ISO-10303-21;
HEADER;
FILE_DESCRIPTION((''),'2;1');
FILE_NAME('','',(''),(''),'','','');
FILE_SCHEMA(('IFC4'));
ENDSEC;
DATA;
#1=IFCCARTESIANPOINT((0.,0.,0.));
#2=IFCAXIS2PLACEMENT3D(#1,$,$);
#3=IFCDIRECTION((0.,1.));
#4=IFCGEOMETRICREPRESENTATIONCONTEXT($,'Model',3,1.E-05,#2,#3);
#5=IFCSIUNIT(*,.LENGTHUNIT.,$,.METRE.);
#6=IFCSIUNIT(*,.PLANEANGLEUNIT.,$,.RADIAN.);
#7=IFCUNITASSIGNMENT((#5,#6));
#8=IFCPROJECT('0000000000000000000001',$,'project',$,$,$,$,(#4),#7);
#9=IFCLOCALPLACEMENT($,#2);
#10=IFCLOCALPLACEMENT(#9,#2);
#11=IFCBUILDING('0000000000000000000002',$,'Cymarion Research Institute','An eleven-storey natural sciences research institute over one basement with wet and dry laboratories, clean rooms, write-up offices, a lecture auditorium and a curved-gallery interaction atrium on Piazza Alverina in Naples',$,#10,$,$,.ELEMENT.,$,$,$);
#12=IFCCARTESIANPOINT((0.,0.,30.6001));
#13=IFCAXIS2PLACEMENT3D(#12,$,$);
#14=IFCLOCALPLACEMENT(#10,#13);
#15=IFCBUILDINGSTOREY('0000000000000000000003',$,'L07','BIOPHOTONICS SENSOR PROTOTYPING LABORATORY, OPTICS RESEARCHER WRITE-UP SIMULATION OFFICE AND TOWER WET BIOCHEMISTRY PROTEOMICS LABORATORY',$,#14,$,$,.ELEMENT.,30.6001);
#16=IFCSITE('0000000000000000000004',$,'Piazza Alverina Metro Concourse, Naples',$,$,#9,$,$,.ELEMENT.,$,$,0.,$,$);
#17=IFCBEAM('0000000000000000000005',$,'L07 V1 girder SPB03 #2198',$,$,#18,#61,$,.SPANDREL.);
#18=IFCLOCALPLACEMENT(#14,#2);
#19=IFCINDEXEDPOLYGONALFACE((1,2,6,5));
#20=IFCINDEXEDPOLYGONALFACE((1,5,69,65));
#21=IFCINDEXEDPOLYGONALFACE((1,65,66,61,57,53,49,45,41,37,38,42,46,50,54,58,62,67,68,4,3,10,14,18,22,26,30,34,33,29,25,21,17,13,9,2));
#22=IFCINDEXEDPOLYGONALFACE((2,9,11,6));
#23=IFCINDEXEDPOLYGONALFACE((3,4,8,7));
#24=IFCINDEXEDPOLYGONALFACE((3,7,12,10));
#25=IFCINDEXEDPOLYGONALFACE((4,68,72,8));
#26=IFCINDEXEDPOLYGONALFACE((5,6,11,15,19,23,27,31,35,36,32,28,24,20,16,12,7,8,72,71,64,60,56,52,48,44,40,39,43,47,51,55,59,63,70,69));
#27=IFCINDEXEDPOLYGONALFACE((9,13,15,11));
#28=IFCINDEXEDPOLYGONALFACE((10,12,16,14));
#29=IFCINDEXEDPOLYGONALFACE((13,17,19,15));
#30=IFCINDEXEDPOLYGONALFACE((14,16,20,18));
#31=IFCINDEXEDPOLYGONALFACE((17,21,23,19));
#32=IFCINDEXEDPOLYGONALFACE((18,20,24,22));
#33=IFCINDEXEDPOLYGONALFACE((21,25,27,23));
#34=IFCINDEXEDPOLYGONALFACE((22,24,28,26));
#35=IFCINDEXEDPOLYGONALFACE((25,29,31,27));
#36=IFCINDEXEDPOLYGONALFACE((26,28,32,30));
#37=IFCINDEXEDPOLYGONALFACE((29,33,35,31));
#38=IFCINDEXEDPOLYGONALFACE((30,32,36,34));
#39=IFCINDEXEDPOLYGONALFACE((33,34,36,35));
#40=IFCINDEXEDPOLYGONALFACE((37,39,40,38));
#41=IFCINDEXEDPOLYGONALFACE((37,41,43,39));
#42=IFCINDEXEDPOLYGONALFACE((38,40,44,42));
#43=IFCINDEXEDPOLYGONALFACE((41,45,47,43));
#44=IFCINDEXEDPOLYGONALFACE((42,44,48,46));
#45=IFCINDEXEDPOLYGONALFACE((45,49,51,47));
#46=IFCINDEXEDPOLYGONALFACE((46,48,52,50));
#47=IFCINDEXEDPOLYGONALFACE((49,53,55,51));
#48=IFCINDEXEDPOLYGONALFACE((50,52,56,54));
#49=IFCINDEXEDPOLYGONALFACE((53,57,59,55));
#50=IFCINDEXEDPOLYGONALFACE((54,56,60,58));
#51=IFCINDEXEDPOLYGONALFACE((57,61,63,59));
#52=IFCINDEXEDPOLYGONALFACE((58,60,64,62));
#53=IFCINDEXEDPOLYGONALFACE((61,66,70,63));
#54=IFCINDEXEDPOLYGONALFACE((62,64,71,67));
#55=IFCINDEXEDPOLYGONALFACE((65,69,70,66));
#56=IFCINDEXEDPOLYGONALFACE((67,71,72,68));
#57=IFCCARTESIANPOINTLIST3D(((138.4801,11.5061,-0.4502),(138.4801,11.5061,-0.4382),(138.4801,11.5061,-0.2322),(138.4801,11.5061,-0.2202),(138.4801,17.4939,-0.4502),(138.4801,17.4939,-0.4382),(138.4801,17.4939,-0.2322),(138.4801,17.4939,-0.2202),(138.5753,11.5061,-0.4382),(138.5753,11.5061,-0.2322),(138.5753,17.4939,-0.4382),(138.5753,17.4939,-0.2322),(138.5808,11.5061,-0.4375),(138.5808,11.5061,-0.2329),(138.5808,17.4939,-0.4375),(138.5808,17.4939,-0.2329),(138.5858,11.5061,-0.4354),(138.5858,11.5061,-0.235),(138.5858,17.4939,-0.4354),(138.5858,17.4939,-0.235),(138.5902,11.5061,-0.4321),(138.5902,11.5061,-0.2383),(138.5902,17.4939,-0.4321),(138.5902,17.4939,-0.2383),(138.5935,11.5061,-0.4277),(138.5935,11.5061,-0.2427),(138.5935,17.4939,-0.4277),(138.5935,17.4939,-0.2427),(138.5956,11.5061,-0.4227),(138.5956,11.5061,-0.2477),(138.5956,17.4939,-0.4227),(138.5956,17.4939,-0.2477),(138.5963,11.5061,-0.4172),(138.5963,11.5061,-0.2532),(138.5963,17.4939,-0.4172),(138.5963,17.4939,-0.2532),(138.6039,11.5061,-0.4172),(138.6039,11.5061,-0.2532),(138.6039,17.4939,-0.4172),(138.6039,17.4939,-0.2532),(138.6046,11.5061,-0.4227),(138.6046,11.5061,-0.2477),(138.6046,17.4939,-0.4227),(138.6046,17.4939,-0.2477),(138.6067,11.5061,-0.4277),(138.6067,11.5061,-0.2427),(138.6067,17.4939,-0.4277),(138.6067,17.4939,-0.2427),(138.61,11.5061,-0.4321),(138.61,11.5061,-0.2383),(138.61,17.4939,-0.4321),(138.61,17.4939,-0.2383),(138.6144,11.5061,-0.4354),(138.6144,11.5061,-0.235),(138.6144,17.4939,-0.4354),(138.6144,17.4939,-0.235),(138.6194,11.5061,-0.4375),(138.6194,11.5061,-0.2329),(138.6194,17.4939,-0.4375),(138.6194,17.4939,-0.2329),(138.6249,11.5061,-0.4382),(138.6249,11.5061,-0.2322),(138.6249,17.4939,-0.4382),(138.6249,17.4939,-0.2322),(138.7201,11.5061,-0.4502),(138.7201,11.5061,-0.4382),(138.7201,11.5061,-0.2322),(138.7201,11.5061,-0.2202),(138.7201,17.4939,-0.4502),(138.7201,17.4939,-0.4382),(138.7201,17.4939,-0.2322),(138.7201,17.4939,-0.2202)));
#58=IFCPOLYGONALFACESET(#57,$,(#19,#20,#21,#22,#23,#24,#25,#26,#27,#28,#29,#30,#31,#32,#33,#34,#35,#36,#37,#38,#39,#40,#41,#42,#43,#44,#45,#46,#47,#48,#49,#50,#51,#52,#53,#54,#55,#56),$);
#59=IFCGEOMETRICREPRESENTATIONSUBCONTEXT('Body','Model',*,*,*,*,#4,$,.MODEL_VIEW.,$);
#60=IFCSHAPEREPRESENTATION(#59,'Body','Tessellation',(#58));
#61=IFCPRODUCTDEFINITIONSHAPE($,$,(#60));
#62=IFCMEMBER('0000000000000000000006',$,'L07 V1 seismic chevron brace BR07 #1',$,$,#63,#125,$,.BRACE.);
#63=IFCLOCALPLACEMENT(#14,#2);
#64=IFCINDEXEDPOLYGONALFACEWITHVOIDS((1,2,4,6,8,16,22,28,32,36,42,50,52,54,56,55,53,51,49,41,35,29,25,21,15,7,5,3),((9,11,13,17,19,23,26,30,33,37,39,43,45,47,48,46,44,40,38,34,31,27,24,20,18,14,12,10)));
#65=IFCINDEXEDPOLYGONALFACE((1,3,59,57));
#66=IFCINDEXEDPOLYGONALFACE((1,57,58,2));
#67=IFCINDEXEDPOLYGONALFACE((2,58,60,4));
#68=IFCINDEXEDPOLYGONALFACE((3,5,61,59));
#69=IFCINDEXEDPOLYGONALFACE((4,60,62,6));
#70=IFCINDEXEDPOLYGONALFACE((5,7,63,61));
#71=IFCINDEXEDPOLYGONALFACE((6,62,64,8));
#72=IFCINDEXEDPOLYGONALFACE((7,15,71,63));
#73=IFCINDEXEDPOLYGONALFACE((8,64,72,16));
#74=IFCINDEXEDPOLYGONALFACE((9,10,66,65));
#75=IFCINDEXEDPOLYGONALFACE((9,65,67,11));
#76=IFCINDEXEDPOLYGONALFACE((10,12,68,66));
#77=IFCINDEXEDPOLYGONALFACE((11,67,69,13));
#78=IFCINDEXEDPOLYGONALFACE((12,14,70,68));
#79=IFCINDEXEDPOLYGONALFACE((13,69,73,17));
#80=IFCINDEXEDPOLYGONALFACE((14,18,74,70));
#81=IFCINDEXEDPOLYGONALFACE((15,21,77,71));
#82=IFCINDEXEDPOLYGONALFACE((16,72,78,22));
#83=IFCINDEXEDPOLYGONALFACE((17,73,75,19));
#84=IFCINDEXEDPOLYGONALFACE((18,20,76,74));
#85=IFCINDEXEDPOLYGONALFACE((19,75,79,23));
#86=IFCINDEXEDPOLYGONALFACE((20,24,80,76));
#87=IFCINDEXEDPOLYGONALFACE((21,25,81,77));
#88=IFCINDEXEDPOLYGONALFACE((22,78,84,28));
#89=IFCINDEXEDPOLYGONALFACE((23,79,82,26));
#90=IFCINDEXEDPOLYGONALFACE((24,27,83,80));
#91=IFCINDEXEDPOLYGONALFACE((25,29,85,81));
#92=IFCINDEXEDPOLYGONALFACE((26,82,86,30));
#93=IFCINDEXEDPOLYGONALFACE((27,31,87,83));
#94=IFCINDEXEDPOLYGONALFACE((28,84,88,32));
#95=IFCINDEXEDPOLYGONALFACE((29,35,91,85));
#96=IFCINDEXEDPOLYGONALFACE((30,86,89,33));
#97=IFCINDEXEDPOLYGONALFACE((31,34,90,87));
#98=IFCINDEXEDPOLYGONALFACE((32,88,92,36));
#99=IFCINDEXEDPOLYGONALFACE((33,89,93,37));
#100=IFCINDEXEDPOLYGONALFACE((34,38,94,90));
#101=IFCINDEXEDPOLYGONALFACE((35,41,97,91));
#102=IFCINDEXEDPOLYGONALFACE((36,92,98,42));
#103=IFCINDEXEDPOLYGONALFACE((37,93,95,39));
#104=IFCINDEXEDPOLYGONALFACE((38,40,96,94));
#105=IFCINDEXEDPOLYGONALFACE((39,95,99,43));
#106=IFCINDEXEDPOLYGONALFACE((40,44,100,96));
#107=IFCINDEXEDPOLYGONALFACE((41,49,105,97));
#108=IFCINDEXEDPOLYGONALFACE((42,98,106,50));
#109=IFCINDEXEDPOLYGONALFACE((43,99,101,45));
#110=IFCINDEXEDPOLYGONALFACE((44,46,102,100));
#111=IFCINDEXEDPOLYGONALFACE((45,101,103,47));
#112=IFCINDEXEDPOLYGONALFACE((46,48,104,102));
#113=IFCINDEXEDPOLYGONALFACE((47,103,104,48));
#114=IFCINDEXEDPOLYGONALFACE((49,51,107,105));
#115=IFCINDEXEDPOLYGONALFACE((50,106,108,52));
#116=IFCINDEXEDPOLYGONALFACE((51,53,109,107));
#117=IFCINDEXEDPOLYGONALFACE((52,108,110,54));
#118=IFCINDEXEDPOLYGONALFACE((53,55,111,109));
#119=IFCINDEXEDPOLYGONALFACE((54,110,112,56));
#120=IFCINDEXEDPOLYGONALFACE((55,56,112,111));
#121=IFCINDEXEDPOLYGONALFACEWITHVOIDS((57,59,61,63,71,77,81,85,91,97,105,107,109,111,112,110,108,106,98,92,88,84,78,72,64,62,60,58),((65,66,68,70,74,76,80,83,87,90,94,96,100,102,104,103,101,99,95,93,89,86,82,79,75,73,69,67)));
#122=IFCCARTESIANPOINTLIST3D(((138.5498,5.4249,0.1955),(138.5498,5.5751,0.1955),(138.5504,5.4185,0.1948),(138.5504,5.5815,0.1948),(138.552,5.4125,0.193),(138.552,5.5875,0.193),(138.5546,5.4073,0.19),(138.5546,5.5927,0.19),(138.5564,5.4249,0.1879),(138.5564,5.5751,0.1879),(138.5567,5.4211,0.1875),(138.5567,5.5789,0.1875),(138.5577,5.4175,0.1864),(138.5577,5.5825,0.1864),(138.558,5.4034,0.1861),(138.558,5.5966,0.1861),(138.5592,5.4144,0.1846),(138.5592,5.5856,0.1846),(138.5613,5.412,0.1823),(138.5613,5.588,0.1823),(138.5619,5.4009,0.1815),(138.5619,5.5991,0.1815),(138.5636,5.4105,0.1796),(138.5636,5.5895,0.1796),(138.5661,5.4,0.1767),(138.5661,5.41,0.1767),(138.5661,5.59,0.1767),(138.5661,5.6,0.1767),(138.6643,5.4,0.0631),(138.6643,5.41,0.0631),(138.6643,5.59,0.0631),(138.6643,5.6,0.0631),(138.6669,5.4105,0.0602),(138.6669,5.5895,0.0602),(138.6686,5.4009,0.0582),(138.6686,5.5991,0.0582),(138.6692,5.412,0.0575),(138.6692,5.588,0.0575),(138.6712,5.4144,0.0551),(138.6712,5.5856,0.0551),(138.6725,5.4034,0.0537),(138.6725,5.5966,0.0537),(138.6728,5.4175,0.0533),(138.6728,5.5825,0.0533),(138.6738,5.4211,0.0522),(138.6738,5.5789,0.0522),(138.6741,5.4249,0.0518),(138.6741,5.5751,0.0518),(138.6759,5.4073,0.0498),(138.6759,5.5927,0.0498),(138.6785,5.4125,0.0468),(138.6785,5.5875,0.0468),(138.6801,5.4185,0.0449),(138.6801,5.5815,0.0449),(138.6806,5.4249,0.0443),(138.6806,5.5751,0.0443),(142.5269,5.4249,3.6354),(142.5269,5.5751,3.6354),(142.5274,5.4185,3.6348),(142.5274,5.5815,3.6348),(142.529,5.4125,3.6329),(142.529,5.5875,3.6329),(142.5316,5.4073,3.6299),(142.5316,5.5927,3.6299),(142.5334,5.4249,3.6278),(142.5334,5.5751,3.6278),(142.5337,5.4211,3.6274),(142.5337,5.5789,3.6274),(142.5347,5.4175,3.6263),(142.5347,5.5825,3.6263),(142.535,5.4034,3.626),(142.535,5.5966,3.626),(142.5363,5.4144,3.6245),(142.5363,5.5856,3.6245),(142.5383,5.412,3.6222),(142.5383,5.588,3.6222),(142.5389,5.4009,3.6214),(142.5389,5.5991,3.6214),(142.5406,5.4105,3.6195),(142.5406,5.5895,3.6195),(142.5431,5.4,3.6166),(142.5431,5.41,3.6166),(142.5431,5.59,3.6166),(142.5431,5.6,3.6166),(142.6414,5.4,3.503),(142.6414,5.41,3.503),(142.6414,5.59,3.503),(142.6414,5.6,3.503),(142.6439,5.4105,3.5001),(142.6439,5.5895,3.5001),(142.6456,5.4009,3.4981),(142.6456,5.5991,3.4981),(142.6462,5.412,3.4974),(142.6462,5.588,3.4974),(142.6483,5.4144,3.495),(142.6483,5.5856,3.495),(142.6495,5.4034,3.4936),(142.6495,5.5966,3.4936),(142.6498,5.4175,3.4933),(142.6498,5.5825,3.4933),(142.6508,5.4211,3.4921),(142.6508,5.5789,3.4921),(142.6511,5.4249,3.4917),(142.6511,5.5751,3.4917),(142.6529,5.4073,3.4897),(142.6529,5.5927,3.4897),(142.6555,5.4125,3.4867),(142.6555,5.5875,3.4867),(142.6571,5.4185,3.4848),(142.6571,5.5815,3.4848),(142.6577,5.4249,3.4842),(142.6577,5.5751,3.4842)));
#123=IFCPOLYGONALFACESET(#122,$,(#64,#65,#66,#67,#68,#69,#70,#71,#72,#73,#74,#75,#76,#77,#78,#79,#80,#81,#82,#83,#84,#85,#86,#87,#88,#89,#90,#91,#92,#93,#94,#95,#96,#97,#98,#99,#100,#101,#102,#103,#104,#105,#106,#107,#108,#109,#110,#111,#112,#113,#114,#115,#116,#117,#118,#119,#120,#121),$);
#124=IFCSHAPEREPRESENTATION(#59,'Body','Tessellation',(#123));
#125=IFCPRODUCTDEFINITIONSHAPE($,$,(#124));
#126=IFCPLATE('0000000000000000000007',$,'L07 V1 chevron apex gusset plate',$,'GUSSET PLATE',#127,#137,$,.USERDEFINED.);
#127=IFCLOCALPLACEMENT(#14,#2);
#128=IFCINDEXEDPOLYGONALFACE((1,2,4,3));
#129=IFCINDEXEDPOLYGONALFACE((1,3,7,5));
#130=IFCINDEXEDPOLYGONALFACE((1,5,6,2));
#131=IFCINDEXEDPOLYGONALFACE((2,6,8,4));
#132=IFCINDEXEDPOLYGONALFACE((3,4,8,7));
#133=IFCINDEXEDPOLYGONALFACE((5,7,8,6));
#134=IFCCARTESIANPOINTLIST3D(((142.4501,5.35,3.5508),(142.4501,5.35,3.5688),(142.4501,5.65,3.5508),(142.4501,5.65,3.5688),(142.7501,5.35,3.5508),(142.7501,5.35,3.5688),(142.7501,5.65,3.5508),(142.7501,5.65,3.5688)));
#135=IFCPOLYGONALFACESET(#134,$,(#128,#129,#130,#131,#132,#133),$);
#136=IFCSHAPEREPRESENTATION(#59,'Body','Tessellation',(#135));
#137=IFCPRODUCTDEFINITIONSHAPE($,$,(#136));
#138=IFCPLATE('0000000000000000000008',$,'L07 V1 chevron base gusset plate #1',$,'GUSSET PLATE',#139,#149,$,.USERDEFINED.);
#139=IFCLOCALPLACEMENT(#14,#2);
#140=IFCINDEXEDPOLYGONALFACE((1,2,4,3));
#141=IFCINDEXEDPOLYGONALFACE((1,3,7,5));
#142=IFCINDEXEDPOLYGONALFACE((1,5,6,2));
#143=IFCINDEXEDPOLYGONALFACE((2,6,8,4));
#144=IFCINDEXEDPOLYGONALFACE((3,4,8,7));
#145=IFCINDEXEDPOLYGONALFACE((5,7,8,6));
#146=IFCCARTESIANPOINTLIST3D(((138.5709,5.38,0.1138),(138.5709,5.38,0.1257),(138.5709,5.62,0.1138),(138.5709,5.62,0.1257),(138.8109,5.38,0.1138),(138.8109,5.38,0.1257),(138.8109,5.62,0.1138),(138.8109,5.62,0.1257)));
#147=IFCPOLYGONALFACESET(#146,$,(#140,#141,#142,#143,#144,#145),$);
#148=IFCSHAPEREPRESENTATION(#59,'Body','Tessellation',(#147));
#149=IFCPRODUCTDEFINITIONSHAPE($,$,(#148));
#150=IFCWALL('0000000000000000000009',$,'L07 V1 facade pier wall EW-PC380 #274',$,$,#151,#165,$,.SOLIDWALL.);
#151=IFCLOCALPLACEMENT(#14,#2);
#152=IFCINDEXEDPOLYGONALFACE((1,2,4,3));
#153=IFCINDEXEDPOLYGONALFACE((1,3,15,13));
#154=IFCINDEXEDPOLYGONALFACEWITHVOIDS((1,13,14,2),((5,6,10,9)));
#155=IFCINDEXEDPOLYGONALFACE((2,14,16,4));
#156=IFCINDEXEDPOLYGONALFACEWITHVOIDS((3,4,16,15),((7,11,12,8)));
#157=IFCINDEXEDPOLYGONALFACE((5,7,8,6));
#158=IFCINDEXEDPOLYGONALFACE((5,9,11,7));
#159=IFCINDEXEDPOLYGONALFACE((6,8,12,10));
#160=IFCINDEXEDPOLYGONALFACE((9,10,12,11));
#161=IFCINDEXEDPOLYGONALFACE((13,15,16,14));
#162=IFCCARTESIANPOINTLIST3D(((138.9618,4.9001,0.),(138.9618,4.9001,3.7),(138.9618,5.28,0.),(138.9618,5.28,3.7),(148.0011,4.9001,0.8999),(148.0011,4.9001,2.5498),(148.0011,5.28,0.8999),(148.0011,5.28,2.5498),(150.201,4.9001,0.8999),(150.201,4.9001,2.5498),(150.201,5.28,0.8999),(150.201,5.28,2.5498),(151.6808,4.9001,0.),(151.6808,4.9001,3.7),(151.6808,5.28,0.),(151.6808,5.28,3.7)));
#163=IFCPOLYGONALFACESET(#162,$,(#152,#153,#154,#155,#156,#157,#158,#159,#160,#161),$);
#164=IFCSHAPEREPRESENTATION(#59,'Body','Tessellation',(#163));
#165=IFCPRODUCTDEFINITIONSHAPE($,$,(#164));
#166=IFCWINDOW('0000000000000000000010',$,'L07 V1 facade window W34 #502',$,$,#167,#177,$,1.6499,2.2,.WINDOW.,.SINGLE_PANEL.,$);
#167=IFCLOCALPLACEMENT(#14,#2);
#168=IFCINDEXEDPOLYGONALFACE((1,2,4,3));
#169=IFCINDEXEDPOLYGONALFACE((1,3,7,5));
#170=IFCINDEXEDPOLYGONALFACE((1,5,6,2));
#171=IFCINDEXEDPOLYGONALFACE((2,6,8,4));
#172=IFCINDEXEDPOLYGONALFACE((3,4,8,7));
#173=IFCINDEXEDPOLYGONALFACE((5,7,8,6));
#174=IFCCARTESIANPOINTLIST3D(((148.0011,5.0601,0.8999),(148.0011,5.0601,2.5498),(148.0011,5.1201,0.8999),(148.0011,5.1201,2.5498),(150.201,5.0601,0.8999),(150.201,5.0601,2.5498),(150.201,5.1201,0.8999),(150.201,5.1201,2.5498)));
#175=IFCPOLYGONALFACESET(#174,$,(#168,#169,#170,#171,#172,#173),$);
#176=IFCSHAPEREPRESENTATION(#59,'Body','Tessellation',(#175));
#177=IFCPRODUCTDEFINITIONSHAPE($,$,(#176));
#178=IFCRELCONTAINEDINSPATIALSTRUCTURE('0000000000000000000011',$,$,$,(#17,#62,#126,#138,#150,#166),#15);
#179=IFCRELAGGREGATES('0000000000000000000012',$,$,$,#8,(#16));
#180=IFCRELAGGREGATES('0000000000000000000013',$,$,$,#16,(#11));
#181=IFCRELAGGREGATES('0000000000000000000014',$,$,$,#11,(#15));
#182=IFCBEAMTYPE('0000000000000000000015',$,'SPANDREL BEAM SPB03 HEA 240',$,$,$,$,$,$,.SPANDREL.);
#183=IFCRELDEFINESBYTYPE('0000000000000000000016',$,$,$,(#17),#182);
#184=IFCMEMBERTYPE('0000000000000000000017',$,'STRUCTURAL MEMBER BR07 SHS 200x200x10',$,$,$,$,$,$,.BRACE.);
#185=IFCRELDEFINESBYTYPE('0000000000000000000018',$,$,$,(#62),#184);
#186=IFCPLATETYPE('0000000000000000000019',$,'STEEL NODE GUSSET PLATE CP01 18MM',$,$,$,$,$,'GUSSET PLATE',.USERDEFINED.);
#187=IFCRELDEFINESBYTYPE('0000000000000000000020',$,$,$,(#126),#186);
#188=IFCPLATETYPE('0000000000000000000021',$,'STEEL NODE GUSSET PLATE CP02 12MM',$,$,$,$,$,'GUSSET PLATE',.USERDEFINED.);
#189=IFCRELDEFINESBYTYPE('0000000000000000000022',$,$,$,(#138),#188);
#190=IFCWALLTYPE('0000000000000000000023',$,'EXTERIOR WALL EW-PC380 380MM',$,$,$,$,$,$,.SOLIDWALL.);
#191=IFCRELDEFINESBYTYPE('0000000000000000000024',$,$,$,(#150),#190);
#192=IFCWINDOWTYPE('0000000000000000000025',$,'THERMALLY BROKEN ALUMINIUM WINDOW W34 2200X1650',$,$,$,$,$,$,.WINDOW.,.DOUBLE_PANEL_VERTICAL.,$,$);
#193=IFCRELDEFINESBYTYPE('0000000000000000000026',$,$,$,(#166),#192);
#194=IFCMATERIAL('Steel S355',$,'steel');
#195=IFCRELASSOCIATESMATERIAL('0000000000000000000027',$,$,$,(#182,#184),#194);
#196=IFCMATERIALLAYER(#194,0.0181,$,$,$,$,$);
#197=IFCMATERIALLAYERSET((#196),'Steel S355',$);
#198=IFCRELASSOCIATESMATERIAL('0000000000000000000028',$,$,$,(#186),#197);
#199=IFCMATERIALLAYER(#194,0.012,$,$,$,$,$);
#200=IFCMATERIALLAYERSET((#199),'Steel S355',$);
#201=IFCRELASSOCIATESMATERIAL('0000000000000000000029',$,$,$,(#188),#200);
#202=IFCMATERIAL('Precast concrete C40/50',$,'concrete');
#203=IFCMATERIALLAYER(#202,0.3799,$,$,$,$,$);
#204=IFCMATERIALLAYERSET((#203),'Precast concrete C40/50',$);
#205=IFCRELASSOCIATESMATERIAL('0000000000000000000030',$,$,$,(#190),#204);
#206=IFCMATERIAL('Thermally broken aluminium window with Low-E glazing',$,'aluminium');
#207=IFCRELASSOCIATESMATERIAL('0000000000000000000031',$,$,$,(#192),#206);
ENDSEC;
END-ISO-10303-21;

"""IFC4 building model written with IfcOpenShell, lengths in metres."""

from ifc_helpers import new_model, si_unit, direction, frame, frame_2d, origin, origin_2d, place, context, subcontext, project, spatial, rectangle, hollow_rectangle, i_section, extrude, material, layer, layer_set, material_profile, profile_set, type_object, element, fill, save


model = new_model("IFC4")

# Units and contexts
model_context = context("Model", 3, precision=1e-05, world=origin(), true_north=direction((0.0, 1.0)))
body_context = subcontext(model_context, "Body", "Model", "MODEL_VIEW")
ifc_project = project(units=[si_unit("LENGTHUNIT", "METRE"), si_unit("PLANEANGLEUNIT", "RADIAN")], contexts=[model_context])

# Site, building, storey
site_placement = place(None, origin())
site = spatial("IfcSite", under=ifc_project, at=site_placement, Name="Piazza Alverina Metro Concourse, Naples", CompositionType="ELEMENT", RefElevation=0.0)
building_placement = place(site_placement, origin())
building = spatial("IfcBuilding", under=site, at=building_placement, Name="Cymarion Research Institute", Description="An eleven-storey natural sciences research institute over one basement with wet and dry laboratories, clean rooms, write-up offices, a lecture auditorium and a curved-gallery interaction atrium on Piazza Alverina in Naples", CompositionType="ELEMENT")
storey_placement = place(building_placement, frame((0.0, 0.0, 30.6001)))
storey = spatial("IfcBuildingStorey", under=building, at=storey_placement, Name="L07", Description="BIOPHOTONICS SENSOR PROTOTYPING LABORATORY, OPTICS RESEARCHER WRITE-UP SIMULATION OFFICE AND TOWER WET BIOCHEMISTRY PROTEOMICS LABORATORY", CompositionType="ELEMENT", Elevation=30.6001)

# Shared definitions
ifc_material_1 = material(Name="Steel S355", Category="steel")

# Beam
ifc_material_profile_1 = material_profile(ifc_material_1, i_section(OverallWidth=0.24, OverallDepth=0.23, WebThickness=0.0076, FlangeThickness=0.012, FilletRadius=0.021, at=origin_2d()), Name="HEA 240")
ifc_profile_set_1 = profile_set([ifc_material_profile_1], Name="Steel S355")
beam_type = type_object("IfcBeamType", Name="SPANDREL BEAM SPB03 HEA 240", PredefinedType="SPANDREL", material=ifc_profile_set_1)
for number, where, z_axis, x_axis, name in (
    (1, (138.6001, 11.5061, -0.3352), (0.0, 1.0, 0.0), (-1.0, 0.0, 0.0), "L07 V1 girder SPB03 #2198"),
):
    element("IfcBeam", number, at=place(storey_placement, frame(where, z_axis=z_axis, x_axis=x_axis)), inside=storey, type_object=beam_type, Name=name, PredefinedType="SPANDREL", context=body_context, shape_type="SweptSolid", body=[
        extrude(i_section(OverallWidth=0.24, OverallDepth=0.23, WebThickness=0.0076, FlangeThickness=0.012, FilletRadius=0.021, at=origin_2d()), origin(), (0.0, 0.0, 1.0), 5.9878),
    ])

# Member
ifc_material_profile_2 = material_profile(ifc_material_1, hollow_rectangle(XDim=0.2, YDim=0.2, WallThickness=0.01, InnerFilletRadius=0.0149, OuterFilletRadius=0.0249, at=origin_2d()), Name="SHS 200x200x10")
ifc_profile_set_2 = profile_set([ifc_material_profile_2], Name="Steel S355")
member_type = type_object("IfcMemberType", Name="STRUCTURAL MEMBER BR07 SHS 200x200x10", PredefinedType="BRACE", material=ifc_profile_set_2)
member_placement = place(storey_placement, frame((138.6152, 5.5, 0.1199), z_axis=(0.756332, 0.0, 0.654188), x_axis=(0.0, 1.0, 0.0)))
element("IfcMember", 2, at=member_placement, inside=storey, type_object=member_type, Name="L07 V1 seismic chevron brace BR07 #1", PredefinedType="BRACE", context=body_context, shape_type="SweptSolid", body=[
    extrude(hollow_rectangle(XDim=0.2, YDim=0.2, WallThickness=0.01, InnerFilletRadius=0.0149, OuterFilletRadius=0.0249, at=origin_2d()), origin(), (0.0, 0.0, 1.0), 5.2583),
])

# Plates
ifc_layer_1 = layer(ifc_material_1, 0.0181)
ifc_layer_set_1 = layer_set([ifc_layer_1], Name="Steel S355")
plate_type_1 = type_object("IfcPlateType", Name="STEEL NODE GUSSET PLATE CP01 18MM", ElementType="GUSSET PLATE", PredefinedType="USERDEFINED", material=ifc_layer_set_1)
plate_1_placement = place(storey_placement, frame((142.6001, 5.5, 3.5508), z_axis=(0.0, 0.0, 1.0), x_axis=(1.0, 0.0, 0.0)))
element("IfcPlate", 3, at=plate_1_placement, inside=storey, type_object=plate_type_1, Name="L07 V1 chevron apex gusset plate", ObjectType="GUSSET PLATE", PredefinedType="USERDEFINED", context=body_context, shape_type="SweptSolid", body=[
    extrude(rectangle(XDim=0.3, YDim=0.3, at=origin_2d()), origin(), (0.0, 0.0, 1.0), 0.0181),
])
ifc_layer_2 = layer(ifc_material_1, 0.012)
ifc_layer_set_2 = layer_set([ifc_layer_2], Name="Steel S355")
plate_type_2 = type_object("IfcPlateType", Name="STEEL NODE GUSSET PLATE CP02 12MM", ElementType="GUSSET PLATE", PredefinedType="USERDEFINED", material=ifc_layer_set_2)
plate_2_placement = place(storey_placement, frame((138.6909, 5.5, 0.1138), z_axis=(0.0, 0.0, 1.0), x_axis=(1.0, 0.0, 0.0)))
element("IfcPlate", 4, at=plate_2_placement, inside=storey, type_object=plate_type_2, Name="L07 V1 chevron base gusset plate #1", ObjectType="GUSSET PLATE", PredefinedType="USERDEFINED", context=body_context, shape_type="SweptSolid", body=[
    extrude(rectangle(XDim=0.24, YDim=0.24, at=origin_2d()), origin(), (0.0, 0.0, 1.0), 0.012),
])

# Wall, opening, window
ifc_material_2 = material(Name="Precast concrete C40/50", Category="concrete")
ifc_layer_3 = layer(ifc_material_2, 0.3799)
ifc_layer_set_3 = layer_set([ifc_layer_3], Name="Precast concrete C40/50")
wall_type_1 = type_object("IfcWallType", Name="EXTERIOR WALL EW-PC380 380MM", PredefinedType="SOLIDWALL", material=ifc_layer_set_3)
wall_1_placement = place(storey_placement, frame((138.9619, 5.0901, 0.0), z_axis=(0.0, 0.0, 1.0), x_axis=(1.0, 0.0, 0.0)))
wall_1 = element("IfcWall", 5, at=wall_1_placement, inside=storey, type_object=wall_type_1, Name="L07 V1 facade pier wall EW-PC380 #274", PredefinedType="SOLIDWALL", context=body_context, shape_type="SweptSolid", body=[
    extrude(rectangle(XDim=12.719, YDim=0.3799, at=frame_2d((6.3594, 0.0))), origin(), (0.0, 0.0, 1.0), 3.7),
])
opening_1_placement = place(wall_1_placement, frame((9.0391, 0.0, 0.8999)))
opening_1 = element("IfcOpeningElement", 6, at=opening_1_placement, cuts=wall_1, PredefinedType="OPENING", context=body_context, shape_type="SweptSolid", body=[
    extrude(rectangle(XDim=2.2, YDim=1.6499, at=frame_2d((1.1001, 0.825))), frame((0.0, 0.2, 0.0), z_axis=(0.0, -1.0, 0.0), x_axis=(1.0, 0.0, 0.0)), (0.0, 0.0, 1.0), 0.3999),
])
ifc_material_3 = material(Name="Thermally broken aluminium window with Low-E glazing", Category="aluminium")
window_type = type_object("IfcWindowType", Name="THERMALLY BROKEN ALUMINIUM WINDOW W34 2200X1650", PartitioningType="DOUBLE_PANEL_VERTICAL", PredefinedType="WINDOW", material=ifc_material_3)
window_placement = place(opening_1_placement, origin())
window = element("IfcWindow", 7, at=window_placement, inside=storey, type_object=window_type, Name="L07 V1 facade window W34 #502", OverallHeight=1.6499, OverallWidth=2.2, PartitioningType="SINGLE_PANEL", PredefinedType="WINDOW", context=body_context, shape_type="SweptSolid", body=[
    extrude(rectangle(XDim=2.2, YDim=1.6499, at=frame_2d((1.1001, 0.825))), frame((0.0, 0.03, 0.0), z_axis=(0.0, -1.0, 0.0), x_axis=(1.0, 0.0, 0.0)), (0.0, 0.0, 1.0), 0.0601),
])
fill(opening_1, window)

save(model, "model.ifc")
